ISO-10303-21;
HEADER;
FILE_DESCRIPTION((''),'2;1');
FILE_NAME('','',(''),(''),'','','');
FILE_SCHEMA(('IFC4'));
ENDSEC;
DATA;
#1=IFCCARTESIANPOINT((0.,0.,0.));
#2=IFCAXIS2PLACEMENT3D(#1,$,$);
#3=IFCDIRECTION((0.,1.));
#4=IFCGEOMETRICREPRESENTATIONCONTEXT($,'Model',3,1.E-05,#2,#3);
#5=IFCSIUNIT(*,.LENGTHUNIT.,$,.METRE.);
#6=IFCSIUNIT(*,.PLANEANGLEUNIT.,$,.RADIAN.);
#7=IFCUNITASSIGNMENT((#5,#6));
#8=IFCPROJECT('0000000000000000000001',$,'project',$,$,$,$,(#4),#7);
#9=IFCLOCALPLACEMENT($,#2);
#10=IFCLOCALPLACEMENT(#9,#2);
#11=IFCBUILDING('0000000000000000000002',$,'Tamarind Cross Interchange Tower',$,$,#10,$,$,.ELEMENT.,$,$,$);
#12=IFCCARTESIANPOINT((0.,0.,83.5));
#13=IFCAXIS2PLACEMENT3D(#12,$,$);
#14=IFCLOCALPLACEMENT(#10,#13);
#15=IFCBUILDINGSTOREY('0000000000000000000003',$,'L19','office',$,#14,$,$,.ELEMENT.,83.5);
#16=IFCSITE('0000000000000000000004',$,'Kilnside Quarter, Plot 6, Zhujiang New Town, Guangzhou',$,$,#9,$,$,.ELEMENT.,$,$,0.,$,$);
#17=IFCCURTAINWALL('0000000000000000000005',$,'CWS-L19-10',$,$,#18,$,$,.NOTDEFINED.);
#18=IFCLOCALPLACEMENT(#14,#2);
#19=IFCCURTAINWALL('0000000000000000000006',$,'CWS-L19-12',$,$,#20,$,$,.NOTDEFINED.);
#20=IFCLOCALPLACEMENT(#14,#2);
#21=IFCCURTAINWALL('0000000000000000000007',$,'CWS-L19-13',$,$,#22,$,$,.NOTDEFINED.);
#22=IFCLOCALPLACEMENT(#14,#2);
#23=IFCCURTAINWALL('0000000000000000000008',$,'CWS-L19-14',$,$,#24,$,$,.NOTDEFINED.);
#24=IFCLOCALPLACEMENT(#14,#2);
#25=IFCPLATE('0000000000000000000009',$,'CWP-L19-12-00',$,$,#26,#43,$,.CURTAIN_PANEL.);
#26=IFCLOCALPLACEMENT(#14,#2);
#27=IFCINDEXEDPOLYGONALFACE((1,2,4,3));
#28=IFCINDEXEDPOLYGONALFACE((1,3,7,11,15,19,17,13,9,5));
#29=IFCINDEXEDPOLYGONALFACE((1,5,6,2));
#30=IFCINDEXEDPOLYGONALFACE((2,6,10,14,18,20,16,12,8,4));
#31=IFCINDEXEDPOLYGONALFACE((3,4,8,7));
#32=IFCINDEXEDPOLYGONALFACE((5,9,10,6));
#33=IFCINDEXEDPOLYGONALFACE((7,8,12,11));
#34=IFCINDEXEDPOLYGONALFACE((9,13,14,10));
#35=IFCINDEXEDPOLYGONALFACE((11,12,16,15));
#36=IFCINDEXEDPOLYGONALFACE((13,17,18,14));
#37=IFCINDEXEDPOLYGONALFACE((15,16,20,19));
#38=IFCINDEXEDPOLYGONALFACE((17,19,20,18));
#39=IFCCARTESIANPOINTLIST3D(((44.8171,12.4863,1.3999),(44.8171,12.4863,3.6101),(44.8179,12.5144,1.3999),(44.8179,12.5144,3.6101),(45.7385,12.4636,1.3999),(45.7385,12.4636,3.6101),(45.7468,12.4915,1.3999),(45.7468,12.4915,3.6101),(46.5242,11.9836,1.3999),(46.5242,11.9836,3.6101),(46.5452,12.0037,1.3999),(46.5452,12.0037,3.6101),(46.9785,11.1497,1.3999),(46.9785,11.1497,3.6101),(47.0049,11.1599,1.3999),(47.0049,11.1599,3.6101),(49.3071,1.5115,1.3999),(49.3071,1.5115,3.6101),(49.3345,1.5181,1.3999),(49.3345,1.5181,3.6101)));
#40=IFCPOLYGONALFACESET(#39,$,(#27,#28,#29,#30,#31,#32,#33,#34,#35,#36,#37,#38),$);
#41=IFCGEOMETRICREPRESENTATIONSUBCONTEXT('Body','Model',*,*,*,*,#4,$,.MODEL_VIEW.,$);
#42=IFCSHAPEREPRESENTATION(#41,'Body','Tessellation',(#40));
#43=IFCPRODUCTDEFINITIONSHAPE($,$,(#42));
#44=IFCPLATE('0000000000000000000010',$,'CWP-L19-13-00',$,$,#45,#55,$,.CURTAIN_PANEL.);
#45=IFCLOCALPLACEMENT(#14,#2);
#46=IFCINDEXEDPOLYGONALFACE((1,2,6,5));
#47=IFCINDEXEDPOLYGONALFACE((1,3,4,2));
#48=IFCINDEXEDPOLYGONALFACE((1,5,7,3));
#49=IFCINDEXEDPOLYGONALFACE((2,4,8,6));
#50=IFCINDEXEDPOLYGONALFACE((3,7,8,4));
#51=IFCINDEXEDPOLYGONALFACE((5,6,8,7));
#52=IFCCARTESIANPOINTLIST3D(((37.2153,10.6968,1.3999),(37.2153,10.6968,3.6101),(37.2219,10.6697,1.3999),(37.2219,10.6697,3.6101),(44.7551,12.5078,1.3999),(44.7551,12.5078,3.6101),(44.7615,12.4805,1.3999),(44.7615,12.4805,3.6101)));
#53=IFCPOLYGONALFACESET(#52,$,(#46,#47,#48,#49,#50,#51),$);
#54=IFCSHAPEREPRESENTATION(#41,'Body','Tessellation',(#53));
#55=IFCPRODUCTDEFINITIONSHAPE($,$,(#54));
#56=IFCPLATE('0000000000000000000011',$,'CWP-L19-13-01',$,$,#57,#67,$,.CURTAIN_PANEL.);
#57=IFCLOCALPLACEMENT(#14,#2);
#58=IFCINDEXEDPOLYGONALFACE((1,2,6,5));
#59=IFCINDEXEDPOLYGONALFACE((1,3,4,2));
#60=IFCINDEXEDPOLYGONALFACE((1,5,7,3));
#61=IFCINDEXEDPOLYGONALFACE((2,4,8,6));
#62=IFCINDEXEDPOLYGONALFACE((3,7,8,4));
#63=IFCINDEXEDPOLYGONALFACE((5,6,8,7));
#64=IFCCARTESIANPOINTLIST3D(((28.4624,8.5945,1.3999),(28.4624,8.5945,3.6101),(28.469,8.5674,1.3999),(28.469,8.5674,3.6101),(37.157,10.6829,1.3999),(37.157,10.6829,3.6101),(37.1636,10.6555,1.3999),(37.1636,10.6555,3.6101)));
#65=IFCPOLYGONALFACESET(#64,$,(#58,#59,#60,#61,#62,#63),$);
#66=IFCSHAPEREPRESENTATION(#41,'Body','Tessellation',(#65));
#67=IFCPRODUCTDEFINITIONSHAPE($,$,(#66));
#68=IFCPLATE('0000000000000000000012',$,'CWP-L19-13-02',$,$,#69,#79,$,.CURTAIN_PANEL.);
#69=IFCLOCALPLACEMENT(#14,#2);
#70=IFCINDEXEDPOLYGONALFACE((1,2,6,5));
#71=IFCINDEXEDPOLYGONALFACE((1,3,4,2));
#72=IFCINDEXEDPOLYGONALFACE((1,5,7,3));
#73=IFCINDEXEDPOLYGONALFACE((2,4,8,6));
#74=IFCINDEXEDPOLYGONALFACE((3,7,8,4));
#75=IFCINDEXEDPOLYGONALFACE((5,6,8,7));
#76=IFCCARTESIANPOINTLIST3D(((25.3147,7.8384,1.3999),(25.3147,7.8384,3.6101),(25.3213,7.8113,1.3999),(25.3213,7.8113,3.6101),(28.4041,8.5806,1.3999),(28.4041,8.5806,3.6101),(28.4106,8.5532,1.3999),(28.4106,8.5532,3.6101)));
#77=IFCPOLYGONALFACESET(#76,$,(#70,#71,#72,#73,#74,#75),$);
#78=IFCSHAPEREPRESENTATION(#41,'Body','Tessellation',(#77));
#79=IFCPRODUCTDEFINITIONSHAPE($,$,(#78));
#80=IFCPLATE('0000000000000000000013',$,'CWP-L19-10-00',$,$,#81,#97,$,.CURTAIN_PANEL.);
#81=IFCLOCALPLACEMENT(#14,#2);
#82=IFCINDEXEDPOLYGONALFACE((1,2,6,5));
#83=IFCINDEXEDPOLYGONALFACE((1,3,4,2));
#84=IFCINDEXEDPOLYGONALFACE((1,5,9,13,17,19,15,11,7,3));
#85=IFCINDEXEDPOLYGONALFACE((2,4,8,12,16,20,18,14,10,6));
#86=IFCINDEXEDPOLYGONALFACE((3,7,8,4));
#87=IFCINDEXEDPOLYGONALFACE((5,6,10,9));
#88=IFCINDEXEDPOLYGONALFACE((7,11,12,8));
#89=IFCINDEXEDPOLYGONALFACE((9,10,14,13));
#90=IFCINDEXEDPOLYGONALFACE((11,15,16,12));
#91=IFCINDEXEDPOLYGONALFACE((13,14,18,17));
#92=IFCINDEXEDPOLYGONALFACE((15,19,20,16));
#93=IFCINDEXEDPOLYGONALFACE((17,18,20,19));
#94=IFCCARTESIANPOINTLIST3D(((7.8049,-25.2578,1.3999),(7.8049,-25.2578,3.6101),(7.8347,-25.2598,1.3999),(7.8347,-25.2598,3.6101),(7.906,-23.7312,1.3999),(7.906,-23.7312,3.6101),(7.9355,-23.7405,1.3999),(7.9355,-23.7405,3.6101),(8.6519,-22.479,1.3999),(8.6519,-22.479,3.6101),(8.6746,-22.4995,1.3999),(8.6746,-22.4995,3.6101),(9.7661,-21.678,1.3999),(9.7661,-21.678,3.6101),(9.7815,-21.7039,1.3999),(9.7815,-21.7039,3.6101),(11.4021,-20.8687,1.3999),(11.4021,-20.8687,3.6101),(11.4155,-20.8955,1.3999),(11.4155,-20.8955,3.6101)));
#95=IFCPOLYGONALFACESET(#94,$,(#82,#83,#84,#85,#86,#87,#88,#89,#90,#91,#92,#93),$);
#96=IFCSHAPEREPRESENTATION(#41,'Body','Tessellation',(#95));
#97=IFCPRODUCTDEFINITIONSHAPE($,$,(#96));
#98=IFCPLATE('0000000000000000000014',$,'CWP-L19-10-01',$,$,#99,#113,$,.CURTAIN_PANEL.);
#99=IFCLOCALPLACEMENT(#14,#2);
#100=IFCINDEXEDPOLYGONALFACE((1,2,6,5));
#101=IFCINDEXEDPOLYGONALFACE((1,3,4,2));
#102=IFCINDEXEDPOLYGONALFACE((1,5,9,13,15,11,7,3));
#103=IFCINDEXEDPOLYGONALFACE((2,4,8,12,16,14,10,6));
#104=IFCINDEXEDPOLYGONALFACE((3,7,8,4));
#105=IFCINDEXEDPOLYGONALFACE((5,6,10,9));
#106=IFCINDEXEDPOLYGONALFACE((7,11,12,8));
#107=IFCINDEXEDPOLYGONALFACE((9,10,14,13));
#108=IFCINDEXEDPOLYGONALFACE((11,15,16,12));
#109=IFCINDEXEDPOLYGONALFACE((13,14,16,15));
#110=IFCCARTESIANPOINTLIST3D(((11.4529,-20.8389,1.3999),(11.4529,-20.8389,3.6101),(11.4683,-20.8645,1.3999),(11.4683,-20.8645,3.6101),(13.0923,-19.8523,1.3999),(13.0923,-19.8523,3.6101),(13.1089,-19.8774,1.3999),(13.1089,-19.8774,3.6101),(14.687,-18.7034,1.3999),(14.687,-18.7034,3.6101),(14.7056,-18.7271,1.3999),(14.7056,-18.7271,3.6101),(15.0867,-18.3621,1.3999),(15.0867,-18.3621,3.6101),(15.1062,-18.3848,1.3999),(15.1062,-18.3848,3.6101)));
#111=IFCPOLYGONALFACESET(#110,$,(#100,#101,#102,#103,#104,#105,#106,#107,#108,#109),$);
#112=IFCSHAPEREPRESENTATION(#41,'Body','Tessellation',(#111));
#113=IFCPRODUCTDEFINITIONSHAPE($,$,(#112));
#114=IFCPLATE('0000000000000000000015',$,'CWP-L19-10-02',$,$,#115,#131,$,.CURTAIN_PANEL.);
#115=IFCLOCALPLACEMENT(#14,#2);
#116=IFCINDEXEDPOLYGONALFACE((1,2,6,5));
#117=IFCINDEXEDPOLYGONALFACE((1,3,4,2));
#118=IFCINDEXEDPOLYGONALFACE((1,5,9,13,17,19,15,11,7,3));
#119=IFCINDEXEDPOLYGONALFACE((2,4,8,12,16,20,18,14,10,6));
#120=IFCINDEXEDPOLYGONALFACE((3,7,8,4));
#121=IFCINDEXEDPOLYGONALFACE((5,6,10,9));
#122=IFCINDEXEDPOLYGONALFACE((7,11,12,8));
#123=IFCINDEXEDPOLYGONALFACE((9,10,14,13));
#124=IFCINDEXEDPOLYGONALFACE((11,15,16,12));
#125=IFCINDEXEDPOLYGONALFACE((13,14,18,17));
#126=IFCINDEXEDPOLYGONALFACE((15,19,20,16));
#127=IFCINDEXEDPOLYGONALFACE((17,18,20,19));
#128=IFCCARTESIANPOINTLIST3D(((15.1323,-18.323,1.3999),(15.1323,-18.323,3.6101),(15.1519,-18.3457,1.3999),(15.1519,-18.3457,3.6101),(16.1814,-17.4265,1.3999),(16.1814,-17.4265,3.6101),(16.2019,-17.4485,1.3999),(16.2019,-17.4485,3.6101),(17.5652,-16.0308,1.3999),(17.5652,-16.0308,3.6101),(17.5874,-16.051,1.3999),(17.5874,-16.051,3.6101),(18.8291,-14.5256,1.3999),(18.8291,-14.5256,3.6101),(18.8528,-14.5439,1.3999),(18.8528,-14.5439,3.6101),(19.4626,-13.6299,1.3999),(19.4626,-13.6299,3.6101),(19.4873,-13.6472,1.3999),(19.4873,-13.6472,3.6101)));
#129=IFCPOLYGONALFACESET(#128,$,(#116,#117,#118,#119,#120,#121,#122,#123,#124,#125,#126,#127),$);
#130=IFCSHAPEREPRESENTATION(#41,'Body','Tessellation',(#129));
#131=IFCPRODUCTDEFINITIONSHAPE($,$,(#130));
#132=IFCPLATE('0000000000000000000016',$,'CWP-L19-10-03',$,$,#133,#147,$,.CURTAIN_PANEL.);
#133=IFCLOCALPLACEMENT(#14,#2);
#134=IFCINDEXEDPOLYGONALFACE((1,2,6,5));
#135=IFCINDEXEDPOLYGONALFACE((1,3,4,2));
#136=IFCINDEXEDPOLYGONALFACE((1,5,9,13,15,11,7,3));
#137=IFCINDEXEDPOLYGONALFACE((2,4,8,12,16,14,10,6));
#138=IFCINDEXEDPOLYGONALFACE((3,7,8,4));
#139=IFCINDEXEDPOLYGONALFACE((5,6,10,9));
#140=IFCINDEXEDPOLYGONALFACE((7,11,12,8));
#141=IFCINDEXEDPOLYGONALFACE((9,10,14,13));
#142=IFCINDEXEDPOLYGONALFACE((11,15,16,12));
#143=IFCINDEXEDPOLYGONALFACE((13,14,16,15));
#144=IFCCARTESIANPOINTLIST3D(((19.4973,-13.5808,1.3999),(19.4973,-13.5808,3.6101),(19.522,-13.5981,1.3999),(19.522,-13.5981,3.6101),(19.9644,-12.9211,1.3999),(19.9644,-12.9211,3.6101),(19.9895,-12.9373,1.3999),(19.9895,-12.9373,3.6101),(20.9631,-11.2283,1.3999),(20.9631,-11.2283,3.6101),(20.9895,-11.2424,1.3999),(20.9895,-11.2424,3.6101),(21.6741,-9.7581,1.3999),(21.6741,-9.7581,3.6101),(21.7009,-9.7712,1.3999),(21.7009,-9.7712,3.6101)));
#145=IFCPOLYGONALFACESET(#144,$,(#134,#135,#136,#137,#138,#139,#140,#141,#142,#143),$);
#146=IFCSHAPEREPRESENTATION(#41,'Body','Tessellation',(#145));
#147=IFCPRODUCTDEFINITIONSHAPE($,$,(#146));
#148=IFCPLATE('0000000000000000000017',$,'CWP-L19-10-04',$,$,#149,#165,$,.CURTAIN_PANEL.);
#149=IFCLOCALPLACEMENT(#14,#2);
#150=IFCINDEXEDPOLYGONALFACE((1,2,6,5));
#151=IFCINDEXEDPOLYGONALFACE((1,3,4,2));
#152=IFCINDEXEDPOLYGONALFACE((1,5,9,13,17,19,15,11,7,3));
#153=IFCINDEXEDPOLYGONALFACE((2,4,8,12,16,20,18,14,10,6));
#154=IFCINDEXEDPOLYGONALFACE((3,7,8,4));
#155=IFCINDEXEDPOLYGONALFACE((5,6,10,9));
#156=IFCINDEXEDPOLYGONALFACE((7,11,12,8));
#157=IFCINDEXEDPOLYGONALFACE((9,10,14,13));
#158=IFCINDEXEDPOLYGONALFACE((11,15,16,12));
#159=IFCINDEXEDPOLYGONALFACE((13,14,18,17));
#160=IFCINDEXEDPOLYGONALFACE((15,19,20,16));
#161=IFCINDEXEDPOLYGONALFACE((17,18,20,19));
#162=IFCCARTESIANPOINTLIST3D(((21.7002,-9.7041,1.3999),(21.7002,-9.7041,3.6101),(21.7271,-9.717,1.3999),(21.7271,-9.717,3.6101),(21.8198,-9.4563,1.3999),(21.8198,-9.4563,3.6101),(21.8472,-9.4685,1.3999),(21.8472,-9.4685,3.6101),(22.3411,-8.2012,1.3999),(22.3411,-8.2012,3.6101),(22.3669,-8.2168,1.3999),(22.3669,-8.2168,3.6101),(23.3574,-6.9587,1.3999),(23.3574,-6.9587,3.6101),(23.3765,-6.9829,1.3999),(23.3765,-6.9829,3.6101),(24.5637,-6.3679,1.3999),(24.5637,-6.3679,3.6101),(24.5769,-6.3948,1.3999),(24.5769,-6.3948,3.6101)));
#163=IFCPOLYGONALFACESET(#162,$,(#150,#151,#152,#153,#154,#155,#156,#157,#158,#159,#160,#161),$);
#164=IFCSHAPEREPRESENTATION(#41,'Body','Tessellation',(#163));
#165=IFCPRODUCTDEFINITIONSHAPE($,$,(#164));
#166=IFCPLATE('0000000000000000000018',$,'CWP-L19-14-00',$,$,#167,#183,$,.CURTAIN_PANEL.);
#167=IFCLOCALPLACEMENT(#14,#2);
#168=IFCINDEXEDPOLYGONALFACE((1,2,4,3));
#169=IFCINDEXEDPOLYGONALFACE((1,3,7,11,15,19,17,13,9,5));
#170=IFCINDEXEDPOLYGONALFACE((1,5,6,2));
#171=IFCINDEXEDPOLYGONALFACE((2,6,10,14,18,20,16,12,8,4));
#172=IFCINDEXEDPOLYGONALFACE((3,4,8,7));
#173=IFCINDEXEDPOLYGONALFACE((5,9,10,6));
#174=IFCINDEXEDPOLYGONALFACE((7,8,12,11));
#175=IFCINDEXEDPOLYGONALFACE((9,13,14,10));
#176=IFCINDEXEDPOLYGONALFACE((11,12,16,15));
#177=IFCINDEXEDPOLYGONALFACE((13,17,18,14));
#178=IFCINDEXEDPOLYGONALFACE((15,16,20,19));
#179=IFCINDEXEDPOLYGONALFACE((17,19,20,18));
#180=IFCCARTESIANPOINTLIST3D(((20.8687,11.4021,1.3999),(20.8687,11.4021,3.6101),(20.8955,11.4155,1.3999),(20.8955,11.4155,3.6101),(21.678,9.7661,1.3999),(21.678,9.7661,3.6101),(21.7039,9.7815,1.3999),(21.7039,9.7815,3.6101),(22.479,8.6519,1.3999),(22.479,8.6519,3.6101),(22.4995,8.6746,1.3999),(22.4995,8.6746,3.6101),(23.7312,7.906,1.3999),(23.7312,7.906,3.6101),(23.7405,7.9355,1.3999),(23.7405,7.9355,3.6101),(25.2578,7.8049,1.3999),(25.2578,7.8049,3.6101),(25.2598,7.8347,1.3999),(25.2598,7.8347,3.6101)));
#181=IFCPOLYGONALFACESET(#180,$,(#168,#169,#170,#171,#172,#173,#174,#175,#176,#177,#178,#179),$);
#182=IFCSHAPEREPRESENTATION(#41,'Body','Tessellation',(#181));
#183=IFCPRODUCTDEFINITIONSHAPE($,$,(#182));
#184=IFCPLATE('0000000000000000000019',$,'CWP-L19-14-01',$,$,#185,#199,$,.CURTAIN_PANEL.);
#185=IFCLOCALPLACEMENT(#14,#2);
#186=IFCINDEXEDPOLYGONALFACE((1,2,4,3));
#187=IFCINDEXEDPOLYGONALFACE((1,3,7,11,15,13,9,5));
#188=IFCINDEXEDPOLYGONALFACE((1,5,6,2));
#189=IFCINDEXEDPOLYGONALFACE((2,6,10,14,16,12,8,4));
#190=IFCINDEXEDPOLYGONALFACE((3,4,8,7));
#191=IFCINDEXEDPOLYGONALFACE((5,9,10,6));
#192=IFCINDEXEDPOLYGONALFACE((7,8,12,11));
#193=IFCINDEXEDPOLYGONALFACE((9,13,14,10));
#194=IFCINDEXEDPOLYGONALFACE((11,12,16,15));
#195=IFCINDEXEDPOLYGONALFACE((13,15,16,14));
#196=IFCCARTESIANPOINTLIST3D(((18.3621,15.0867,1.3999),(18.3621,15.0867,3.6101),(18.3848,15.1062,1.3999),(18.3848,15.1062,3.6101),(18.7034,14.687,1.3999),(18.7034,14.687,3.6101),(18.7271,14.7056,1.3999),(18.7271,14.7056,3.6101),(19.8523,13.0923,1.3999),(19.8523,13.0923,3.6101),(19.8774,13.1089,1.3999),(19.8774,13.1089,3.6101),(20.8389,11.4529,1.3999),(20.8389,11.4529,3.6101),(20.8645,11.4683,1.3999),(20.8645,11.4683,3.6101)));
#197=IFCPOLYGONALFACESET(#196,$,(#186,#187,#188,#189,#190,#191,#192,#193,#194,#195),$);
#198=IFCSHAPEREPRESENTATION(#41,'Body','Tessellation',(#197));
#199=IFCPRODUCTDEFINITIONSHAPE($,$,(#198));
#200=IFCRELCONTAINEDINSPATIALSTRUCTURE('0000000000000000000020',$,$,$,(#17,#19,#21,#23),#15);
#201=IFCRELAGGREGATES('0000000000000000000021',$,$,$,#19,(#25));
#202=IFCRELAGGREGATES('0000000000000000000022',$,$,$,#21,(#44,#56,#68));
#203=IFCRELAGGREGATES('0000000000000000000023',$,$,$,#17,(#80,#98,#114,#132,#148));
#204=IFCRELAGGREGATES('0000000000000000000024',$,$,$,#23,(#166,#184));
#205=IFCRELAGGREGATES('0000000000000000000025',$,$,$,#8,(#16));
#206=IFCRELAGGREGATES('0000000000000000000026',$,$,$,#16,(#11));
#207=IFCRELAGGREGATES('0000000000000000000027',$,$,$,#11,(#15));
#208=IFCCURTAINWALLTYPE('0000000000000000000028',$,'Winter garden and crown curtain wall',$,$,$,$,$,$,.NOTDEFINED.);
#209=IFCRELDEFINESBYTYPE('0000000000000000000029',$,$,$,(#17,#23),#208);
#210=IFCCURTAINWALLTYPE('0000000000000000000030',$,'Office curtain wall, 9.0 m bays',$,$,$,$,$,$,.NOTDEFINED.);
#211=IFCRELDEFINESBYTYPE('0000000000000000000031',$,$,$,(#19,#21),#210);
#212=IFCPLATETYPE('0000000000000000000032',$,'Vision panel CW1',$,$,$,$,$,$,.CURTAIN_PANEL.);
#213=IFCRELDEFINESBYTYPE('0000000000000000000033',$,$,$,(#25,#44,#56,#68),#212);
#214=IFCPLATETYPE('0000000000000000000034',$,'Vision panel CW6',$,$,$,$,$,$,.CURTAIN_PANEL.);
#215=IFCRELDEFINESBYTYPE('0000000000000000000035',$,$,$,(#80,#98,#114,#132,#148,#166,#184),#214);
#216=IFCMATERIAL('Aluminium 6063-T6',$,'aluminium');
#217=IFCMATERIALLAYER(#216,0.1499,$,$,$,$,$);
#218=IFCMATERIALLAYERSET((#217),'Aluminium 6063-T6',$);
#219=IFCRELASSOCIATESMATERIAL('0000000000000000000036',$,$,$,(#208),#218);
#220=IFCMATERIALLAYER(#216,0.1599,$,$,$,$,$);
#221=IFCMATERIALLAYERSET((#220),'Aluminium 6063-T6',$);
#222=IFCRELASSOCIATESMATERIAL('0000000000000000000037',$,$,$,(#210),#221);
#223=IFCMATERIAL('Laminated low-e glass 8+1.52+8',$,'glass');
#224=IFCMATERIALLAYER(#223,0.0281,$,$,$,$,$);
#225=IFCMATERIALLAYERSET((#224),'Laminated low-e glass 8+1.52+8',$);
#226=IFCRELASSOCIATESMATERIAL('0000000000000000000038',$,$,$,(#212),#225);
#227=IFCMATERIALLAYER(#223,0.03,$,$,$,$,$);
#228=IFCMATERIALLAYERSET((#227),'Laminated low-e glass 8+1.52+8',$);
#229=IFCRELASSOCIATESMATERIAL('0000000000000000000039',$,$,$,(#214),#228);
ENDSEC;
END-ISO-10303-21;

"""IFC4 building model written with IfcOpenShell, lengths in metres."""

from ifc_helpers import new_model, si_unit, direction, frame, origin, place, context, subcontext, project, spatial, polyline, outline, extrude, material, layer, layer_set, type_object, element, aggregate, save


model = new_model("IFC4")

# Units and contexts
model_context = context("Model", 3, precision=1e-05, world=origin(), true_north=direction((0.0, 1.0)))
body_context = subcontext(model_context, "Body", "Model", "MODEL_VIEW")
ifc_project = project(units=[si_unit("LENGTHUNIT", "METRE"), si_unit("PLANEANGLEUNIT", "RADIAN")], contexts=[model_context])

# Site, building, storey
site_placement = place(None, origin())
site = spatial("IfcSite", under=ifc_project, at=site_placement, Name="Kilnside Quarter, Plot 6, Zhujiang New Town, Guangzhou", CompositionType="ELEMENT", RefElevation=0.0)
building_placement = place(site_placement, origin())
building = spatial("IfcBuilding", under=site, at=building_placement, Name="Tamarind Cross Interchange Tower", CompositionType="ELEMENT")
storey_placement = place(building_placement, frame((0.0, 0.0, 83.5)))
storey = spatial("IfcBuildingStorey", under=building, at=storey_placement, Name="L19", Description="office", CompositionType="ELEMENT", Elevation=83.5)

# Curtain walls
ifc_material_1 = material(Name="Aluminium 6063-T6", Category="aluminium")
ifc_layer_1 = layer(ifc_material_1, 0.1499)
ifc_layer_set_1 = layer_set([ifc_layer_1], Name="Aluminium 6063-T6")
curtain_wall_type_1 = type_object("IfcCurtainWallType", Name="Winter garden and crown curtain wall", PredefinedType="NOTDEFINED", material=ifc_layer_set_1)
curtain_wall_1_placement = place(storey_placement, origin())
curtain_wall_1 = element("IfcCurtainWall", 1, at=curtain_wall_1_placement, inside=storey, type_object=curtain_wall_type_1, Name="CWS-L19-10", PredefinedType="NOTDEFINED")
ifc_layer_2 = layer(ifc_material_1, 0.1599)
ifc_layer_set_2 = layer_set([ifc_layer_2], Name="Aluminium 6063-T6")
curtain_wall_type_2 = type_object("IfcCurtainWallType", Name="Office curtain wall, 9.0 m bays", PredefinedType="NOTDEFINED", material=ifc_layer_set_2)
curtain_wall_2_placement = place(storey_placement, origin())
curtain_wall_2 = element("IfcCurtainWall", 2, at=curtain_wall_2_placement, inside=storey, type_object=curtain_wall_type_2, Name="CWS-L19-12", PredefinedType="NOTDEFINED")
curtain_wall_3_placement = place(storey_placement, origin())
curtain_wall_3 = element("IfcCurtainWall", 3, at=curtain_wall_3_placement, inside=storey, type_object=curtain_wall_type_2, Name="CWS-L19-13", PredefinedType="NOTDEFINED")
curtain_wall_4_placement = place(storey_placement, origin())
curtain_wall_4 = element("IfcCurtainWall", 4, at=curtain_wall_4_placement, inside=storey, type_object=curtain_wall_type_1, Name="CWS-L19-14", PredefinedType="NOTDEFINED")

# Plates
ifc_material_2 = material(Name="Laminated low-e glass 8+1.52+8", Category="glass")
ifc_layer_3 = layer(ifc_material_2, 0.0281)
ifc_layer_set_3 = layer_set([ifc_layer_3], Name="Laminated low-e glass 8+1.52+8")
plate_type_1 = type_object("IfcPlateType", Name="Vision panel CW1", PredefinedType="CURTAIN_PANEL", material=ifc_layer_set_3)
plate_1_placement = place(storey_placement, frame((0.0, 0.0, 1.3999)))
plate_1 = element("IfcPlate", 5, at=plate_1_placement, type_object=plate_type_1, Name="CWP-L19-12-00", PredefinedType="CURTAIN_PANEL", context=body_context, shape_type="SweptSolid", body=[
    extrude(outline(polyline([(49.3071, 1.5115), (46.9785, 11.1497), (46.5242, 11.9836), (45.7385, 12.4636), (44.8171, 12.4863), (44.8179, 12.5144), (45.7468, 12.4915), (46.5452, 12.0037), (47.0049, 11.1599), (49.3345, 1.5181), (49.3071, 1.5115)])), origin(), (0.0, 0.0, 1.0), 2.2102),
])
aggregate(curtain_wall_2, [plate_1])
plate_2_placement = place(storey_placement, frame((0.0, 0.0, 1.3999)))
plate_2 = element("IfcPlate", 6, at=plate_2_placement, type_object=plate_type_1, Name="CWP-L19-13-00", PredefinedType="CURTAIN_PANEL", context=body_context, shape_type="SweptSolid", body=[
    extrude(outline(polyline([(44.7615, 12.4805), (37.2219, 10.6697), (37.2153, 10.6968), (44.7551, 12.5078), (44.7615, 12.4805)])), origin(), (0.0, 0.0, 1.0), 2.2102),
])
plate_3_placement = place(storey_placement, frame((0.0, 0.0, 1.3999)))
plate_3 = element("IfcPlate", 7, at=plate_3_placement, type_object=plate_type_1, Name="CWP-L19-13-01", PredefinedType="CURTAIN_PANEL", context=body_context, shape_type="SweptSolid", body=[
    extrude(outline(polyline([(37.1636, 10.6555), (28.469, 8.5674), (28.4624, 8.5945), (37.157, 10.6829), (37.1636, 10.6555)])), origin(), (0.0, 0.0, 1.0), 2.2102),
])
plate_4_placement = place(storey_placement, frame((0.0, 0.0, 1.3999)))
plate_4 = element("IfcPlate", 8, at=plate_4_placement, type_object=plate_type_1, Name="CWP-L19-13-02", PredefinedType="CURTAIN_PANEL", context=body_context, shape_type="SweptSolid", body=[
    extrude(outline(polyline([(28.4106, 8.5532), (25.3213, 7.8113), (25.3147, 7.8384), (28.4041, 8.5806), (28.4106, 8.5532)])), origin(), (0.0, 0.0, 1.0), 2.2102),
])
aggregate(curtain_wall_3, [plate_2, plate_3, plate_4])
ifc_layer_4 = layer(ifc_material_2, 0.03)
ifc_layer_set_4 = layer_set([ifc_layer_4], Name="Laminated low-e glass 8+1.52+8")
plate_type_2 = type_object("IfcPlateType", Name="Vision panel CW6", PredefinedType="CURTAIN_PANEL", material=ifc_layer_set_4)
plate_5_placement = place(storey_placement, frame((0.0, 0.0, 1.3999)))
plate_5 = element("IfcPlate", 9, at=plate_5_placement, type_object=plate_type_2, Name="CWP-L19-10-00", PredefinedType="CURTAIN_PANEL", context=body_context, shape_type="SweptSolid", body=[
    extrude(outline(polyline([(7.8049, -25.2578), (7.906, -23.7312), (8.6519, -22.479), (9.7661, -21.678), (11.4021, -20.8687), (11.4155, -20.8955), (9.7815, -21.7039), (8.6746, -22.4995), (7.9355, -23.7405), (7.8347, -25.2598), (7.8049, -25.2578)])), origin(), (0.0, 0.0, 1.0), 2.2102),
])
plate_6_placement = place(storey_placement, frame((0.0, 0.0, 1.3999)))
plate_6 = element("IfcPlate", 10, at=plate_6_placement, type_object=plate_type_2, Name="CWP-L19-10-01", PredefinedType="CURTAIN_PANEL", context=body_context, shape_type="SweptSolid", body=[
    extrude(outline(polyline([(11.4529, -20.8389), (13.0923, -19.8523), (14.687, -18.7034), (15.0867, -18.3621), (15.1062, -18.3848), (14.7056, -18.7271), (13.1089, -19.8774), (11.4683, -20.8645), (11.4529, -20.8389)])), origin(), (0.0, 0.0, 1.0), 2.2102),
])
plate_7_placement = place(storey_placement, frame((0.0, 0.0, 1.3999)))
plate_7 = element("IfcPlate", 11, at=plate_7_placement, type_object=plate_type_2, Name="CWP-L19-10-02", PredefinedType="CURTAIN_PANEL", context=body_context, shape_type="SweptSolid", body=[
    extrude(outline(polyline([(15.1323, -18.323), (16.1814, -17.4265), (17.5652, -16.0308), (18.8291, -14.5256), (19.4626, -13.6299), (19.4873, -13.6472), (18.8528, -14.5439), (17.5874, -16.051), (16.2019, -17.4485), (15.1519, -18.3457), (15.1323, -18.323)])), origin(), (0.0, 0.0, 1.0), 2.2102),
])
plate_8_placement = place(storey_placement, frame((0.0, 0.0, 1.3999)))
plate_8 = element("IfcPlate", 12, at=plate_8_placement, type_object=plate_type_2, Name="CWP-L19-10-03", PredefinedType="CURTAIN_PANEL", context=body_context, shape_type="SweptSolid", body=[
    extrude(outline(polyline([(19.4973, -13.5808), (19.9644, -12.9211), (20.9631, -11.2283), (21.6741, -9.7581), (21.7009, -9.7712), (20.9895, -11.2424), (19.9895, -12.9373), (19.522, -13.5981), (19.4973, -13.5808)])), origin(), (0.0, 0.0, 1.0), 2.2102),
])
plate_9_placement = place(storey_placement, frame((0.0, 0.0, 1.3999)))
plate_9 = element("IfcPlate", 13, at=plate_9_placement, type_object=plate_type_2, Name="CWP-L19-10-04", PredefinedType="CURTAIN_PANEL", context=body_context, shape_type="SweptSolid", body=[
    extrude(outline(polyline([(21.7002, -9.7041), (21.8198, -9.4563), (22.3411, -8.2012), (23.3574, -6.9587), (24.5637, -6.3679), (24.5769, -6.3948), (23.3765, -6.9829), (22.3669, -8.2168), (21.8472, -9.4685), (21.7271, -9.717), (21.7002, -9.7041)])), origin(), (0.0, 0.0, 1.0), 2.2102),
])
aggregate(curtain_wall_1, [plate_5, plate_6, plate_7, plate_8, plate_9])
plate_10_placement = place(storey_placement, frame((0.0, 0.0, 1.3999)))
plate_10 = element("IfcPlate", 14, at=plate_10_placement, type_object=plate_type_2, Name="CWP-L19-14-00", PredefinedType="CURTAIN_PANEL", context=body_context, shape_type="SweptSolid", body=[
    extrude(outline(polyline([(25.2578, 7.8049), (23.7312, 7.906), (22.479, 8.6519), (21.678, 9.7661), (20.8687, 11.4021), (20.8955, 11.4155), (21.7039, 9.7815), (22.4995, 8.6746), (23.7405, 7.9355), (25.2598, 7.8347), (25.2578, 7.8049)])), origin(), (0.0, 0.0, 1.0), 2.2102),
])
plate_11_placement = place(storey_placement, frame((0.0, 0.0, 1.3999)))
plate_11 = element("IfcPlate", 15, at=plate_11_placement, type_object=plate_type_2, Name="CWP-L19-14-01", PredefinedType="CURTAIN_PANEL", context=body_context, shape_type="SweptSolid", body=[
    extrude(outline(polyline([(20.8389, 11.4529), (19.8523, 13.0923), (18.7034, 14.687), (18.3621, 15.0867), (18.3848, 15.1062), (18.7271, 14.7056), (19.8774, 13.1089), (20.8645, 11.4683), (20.8389, 11.4529)])), origin(), (0.0, 0.0, 1.0), 2.2102),
])
aggregate(curtain_wall_4, [plate_10, plate_11])

save(model, "model.ifc")
